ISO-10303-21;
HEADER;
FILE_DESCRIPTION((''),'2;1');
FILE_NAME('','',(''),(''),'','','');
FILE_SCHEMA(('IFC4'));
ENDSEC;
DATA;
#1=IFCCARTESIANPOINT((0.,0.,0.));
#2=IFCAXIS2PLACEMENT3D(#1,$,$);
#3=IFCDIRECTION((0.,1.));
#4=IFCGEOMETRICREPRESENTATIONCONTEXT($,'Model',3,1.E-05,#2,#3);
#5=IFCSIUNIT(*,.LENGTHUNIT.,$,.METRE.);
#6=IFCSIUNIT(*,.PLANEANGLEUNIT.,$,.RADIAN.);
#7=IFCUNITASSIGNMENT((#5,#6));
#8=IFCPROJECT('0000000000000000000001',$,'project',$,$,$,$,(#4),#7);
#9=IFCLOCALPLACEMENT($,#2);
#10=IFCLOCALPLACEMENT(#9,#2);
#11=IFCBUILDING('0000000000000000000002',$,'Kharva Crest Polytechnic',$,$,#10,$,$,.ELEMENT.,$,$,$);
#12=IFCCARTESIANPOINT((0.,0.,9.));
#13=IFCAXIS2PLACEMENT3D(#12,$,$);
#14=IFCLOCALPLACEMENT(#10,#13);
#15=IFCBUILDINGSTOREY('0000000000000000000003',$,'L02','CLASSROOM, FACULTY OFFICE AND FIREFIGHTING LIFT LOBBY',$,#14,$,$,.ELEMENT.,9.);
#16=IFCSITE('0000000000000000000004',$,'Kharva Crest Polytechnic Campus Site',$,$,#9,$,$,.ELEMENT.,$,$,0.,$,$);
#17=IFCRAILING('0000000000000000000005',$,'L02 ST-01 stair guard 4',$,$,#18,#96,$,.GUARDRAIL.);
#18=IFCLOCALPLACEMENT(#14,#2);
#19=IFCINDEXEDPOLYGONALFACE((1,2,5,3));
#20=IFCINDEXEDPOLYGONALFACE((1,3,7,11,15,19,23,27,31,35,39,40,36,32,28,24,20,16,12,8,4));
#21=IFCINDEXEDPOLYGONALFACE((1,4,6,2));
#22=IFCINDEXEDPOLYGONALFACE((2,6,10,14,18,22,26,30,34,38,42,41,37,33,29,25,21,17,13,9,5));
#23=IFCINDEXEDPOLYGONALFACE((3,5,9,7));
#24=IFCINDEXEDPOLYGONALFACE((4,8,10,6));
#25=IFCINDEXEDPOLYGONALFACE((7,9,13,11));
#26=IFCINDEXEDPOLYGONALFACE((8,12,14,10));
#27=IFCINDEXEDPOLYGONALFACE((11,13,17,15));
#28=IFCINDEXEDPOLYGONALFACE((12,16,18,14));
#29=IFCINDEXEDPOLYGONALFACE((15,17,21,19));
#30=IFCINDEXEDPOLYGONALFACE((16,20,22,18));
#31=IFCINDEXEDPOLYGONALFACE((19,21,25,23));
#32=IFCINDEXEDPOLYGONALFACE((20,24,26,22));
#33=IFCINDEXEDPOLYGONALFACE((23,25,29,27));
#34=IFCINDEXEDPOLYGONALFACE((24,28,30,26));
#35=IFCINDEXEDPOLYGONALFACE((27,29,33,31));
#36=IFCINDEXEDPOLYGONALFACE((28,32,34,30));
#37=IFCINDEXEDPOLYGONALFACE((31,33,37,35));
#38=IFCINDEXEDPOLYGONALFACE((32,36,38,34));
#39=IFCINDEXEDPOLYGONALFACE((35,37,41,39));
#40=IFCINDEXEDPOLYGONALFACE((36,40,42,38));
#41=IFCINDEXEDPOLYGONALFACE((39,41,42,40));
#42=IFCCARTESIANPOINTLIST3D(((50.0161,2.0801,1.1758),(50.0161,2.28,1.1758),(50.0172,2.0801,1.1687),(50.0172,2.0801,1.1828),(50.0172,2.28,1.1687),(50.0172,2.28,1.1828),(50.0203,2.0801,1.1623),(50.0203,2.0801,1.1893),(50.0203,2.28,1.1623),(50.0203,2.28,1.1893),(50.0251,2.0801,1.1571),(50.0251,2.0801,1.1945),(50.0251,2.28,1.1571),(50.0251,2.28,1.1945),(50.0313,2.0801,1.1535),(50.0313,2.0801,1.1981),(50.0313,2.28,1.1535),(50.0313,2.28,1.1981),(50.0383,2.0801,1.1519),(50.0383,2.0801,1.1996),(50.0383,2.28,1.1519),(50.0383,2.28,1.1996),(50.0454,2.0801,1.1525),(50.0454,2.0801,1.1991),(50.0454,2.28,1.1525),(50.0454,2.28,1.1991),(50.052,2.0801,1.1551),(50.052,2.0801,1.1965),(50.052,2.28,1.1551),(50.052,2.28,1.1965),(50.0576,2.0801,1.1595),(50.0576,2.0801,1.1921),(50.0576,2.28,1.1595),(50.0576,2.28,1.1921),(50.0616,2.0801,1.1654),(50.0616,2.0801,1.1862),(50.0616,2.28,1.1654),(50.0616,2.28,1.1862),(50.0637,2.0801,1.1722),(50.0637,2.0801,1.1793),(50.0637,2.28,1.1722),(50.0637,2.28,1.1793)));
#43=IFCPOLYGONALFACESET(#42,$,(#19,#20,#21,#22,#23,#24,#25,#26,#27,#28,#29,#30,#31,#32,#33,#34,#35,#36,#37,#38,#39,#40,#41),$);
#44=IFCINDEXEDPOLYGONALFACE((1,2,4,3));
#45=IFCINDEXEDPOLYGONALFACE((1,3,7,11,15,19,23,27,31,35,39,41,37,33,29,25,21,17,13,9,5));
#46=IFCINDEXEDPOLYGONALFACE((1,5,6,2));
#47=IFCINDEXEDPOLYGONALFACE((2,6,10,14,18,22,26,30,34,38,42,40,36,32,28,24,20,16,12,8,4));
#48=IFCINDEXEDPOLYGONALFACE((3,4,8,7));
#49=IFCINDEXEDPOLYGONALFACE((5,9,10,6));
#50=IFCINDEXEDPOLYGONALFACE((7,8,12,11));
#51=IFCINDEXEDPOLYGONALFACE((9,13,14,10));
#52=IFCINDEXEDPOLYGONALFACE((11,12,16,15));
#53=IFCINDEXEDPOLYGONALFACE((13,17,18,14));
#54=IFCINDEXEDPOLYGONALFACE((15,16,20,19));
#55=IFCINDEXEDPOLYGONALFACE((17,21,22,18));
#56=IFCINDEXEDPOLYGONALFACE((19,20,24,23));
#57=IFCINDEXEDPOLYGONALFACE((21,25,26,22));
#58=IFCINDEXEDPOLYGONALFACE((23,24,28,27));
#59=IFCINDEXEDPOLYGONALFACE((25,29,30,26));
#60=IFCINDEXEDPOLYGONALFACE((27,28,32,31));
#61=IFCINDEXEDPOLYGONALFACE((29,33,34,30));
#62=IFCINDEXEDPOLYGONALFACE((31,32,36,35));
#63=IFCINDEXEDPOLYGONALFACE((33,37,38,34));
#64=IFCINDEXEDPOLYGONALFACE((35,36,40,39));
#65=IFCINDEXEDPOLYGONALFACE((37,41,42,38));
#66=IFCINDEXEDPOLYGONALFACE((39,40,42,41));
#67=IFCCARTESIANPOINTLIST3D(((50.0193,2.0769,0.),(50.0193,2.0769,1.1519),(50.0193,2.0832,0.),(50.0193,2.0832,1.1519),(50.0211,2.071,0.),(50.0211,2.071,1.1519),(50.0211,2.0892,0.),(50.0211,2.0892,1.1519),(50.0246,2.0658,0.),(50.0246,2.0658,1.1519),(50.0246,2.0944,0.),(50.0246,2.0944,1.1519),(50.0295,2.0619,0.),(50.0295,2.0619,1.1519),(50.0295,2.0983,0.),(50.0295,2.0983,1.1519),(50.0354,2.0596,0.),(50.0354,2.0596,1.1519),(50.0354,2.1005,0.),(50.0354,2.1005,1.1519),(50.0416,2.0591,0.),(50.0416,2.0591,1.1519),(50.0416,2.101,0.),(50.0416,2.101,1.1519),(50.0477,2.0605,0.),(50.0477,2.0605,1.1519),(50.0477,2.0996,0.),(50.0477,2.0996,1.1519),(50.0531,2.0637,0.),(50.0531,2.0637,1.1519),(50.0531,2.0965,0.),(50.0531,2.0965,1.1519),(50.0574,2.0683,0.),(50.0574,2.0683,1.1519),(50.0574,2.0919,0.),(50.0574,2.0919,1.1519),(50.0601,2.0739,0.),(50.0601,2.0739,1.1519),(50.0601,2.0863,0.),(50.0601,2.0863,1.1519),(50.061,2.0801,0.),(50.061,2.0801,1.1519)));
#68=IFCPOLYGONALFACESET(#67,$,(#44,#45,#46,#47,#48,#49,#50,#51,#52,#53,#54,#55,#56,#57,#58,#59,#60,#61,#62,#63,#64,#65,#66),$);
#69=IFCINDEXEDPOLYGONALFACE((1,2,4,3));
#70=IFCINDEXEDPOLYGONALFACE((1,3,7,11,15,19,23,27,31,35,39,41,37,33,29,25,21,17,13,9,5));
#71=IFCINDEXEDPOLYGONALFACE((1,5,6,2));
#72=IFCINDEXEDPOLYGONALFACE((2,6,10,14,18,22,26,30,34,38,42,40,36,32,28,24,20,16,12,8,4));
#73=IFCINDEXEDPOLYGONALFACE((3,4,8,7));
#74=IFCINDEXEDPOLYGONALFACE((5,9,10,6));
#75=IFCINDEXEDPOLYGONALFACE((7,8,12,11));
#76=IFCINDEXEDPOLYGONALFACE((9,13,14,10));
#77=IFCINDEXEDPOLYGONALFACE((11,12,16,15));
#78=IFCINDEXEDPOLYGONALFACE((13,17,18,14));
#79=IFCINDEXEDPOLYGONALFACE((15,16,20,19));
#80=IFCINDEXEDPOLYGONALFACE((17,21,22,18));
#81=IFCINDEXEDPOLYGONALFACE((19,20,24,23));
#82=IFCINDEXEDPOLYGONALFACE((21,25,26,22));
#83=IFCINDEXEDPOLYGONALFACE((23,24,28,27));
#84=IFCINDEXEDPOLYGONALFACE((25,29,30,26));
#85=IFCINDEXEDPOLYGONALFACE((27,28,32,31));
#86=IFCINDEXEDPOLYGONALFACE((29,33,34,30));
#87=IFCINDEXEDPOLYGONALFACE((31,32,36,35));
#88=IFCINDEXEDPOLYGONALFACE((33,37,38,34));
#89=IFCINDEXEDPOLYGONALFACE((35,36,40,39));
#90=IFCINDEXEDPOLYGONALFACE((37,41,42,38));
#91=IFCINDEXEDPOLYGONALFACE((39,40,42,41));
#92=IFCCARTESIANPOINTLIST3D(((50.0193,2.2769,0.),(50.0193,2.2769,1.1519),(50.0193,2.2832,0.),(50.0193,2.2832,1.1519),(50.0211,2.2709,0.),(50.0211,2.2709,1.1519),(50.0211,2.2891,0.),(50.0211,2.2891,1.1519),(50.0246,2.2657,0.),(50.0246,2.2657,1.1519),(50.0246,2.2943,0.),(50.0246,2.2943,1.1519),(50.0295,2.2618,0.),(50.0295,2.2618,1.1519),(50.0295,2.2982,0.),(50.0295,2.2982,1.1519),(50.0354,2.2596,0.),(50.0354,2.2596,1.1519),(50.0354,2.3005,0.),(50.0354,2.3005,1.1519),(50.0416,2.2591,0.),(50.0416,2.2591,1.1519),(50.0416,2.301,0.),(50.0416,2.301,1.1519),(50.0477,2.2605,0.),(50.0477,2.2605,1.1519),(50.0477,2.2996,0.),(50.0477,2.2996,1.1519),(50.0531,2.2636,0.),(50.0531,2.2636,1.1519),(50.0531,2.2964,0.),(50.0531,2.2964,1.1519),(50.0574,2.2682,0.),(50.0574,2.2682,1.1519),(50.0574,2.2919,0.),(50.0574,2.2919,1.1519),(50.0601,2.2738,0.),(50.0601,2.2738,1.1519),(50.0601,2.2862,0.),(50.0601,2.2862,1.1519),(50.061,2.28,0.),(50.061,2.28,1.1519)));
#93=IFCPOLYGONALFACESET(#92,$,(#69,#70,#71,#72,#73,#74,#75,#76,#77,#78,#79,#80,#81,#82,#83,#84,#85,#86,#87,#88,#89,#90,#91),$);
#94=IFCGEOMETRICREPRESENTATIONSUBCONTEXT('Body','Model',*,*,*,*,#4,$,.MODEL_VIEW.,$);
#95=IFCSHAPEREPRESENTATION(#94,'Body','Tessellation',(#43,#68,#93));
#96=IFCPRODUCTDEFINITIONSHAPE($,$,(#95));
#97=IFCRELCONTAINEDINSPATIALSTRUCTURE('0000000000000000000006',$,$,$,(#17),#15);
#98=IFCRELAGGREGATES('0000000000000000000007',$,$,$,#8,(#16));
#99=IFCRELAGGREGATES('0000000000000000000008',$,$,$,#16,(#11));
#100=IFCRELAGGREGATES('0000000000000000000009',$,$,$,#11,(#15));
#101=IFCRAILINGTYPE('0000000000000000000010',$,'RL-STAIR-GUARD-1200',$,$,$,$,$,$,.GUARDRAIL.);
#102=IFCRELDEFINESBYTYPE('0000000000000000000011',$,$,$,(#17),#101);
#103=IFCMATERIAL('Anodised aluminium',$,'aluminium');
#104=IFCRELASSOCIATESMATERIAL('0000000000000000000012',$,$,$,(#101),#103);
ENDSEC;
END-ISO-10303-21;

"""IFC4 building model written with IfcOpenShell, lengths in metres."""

from ifc_helpers import new_model, si_unit, direction, frame, origin, origin_2d, place, context, subcontext, project, spatial, circle, extrude, material, type_object, element, save


model = new_model("IFC4")

# Units and contexts
model_context = context("Model", 3, precision=1e-05, world=origin(), true_north=direction((0.0, 1.0)))
body_context = subcontext(model_context, "Body", "Model", "MODEL_VIEW")
ifc_project = project(units=[si_unit("LENGTHUNIT", "METRE"), si_unit("PLANEANGLEUNIT", "RADIAN")], contexts=[model_context])

# Site, building, storey
site_placement = place(None, origin())
site = spatial("IfcSite", under=ifc_project, at=site_placement, Name="Kharva Crest Polytechnic Campus Site", CompositionType="ELEMENT", RefElevation=0.0)
building_placement = place(site_placement, origin())
building = spatial("IfcBuilding", under=site, at=building_placement, Name="Kharva Crest Polytechnic", CompositionType="ELEMENT")
storey_placement = place(building_placement, frame((0.0, 0.0, 9.0)))
storey = spatial("IfcBuildingStorey", under=building, at=storey_placement, Name="L02", Description="CLASSROOM, FACULTY OFFICE AND FIREFIGHTING LIFT LOBBY", CompositionType="ELEMENT", Elevation=9.0)

# Shared definitions
ifc_material_1 = material(Name="Anodised aluminium", Category="aluminium")

# Railing
railing_type_1 = type_object("IfcRailingType", Name="RL-STAIR-GUARD-1200", PredefinedType="GUARDRAIL", material=ifc_material_1)
railing_1_placement = place(storey_placement, frame((50.04, 2.0801, 0.0)))
element("IfcRailing", 1, at=railing_1_placement, inside=storey, type_object=railing_type_1, Name="L02 ST-01 stair guard 4", PredefinedType="GUARDRAIL", context=body_context, shape_type="SweptSolid", body=[
    extrude(circle(Radius=0.0239, at=origin_2d()), frame((0.0, 0.0, 1.1758), z_axis=(0.0, 1.0, 0.0), x_axis=(-1.0, 0.0, 0.0)), (0.0, 0.0, 1.0), 0.2),
    extrude(circle(Radius=0.021, at=origin_2d()), origin(), (0.0, 0.0, 1.0), 1.1519),
    extrude(circle(Radius=0.021, at=origin_2d()), frame((0.0, 0.2, 0.0)), (0.0, 0.0, 1.0), 1.1519),
])

save(model, "model.ifc")
